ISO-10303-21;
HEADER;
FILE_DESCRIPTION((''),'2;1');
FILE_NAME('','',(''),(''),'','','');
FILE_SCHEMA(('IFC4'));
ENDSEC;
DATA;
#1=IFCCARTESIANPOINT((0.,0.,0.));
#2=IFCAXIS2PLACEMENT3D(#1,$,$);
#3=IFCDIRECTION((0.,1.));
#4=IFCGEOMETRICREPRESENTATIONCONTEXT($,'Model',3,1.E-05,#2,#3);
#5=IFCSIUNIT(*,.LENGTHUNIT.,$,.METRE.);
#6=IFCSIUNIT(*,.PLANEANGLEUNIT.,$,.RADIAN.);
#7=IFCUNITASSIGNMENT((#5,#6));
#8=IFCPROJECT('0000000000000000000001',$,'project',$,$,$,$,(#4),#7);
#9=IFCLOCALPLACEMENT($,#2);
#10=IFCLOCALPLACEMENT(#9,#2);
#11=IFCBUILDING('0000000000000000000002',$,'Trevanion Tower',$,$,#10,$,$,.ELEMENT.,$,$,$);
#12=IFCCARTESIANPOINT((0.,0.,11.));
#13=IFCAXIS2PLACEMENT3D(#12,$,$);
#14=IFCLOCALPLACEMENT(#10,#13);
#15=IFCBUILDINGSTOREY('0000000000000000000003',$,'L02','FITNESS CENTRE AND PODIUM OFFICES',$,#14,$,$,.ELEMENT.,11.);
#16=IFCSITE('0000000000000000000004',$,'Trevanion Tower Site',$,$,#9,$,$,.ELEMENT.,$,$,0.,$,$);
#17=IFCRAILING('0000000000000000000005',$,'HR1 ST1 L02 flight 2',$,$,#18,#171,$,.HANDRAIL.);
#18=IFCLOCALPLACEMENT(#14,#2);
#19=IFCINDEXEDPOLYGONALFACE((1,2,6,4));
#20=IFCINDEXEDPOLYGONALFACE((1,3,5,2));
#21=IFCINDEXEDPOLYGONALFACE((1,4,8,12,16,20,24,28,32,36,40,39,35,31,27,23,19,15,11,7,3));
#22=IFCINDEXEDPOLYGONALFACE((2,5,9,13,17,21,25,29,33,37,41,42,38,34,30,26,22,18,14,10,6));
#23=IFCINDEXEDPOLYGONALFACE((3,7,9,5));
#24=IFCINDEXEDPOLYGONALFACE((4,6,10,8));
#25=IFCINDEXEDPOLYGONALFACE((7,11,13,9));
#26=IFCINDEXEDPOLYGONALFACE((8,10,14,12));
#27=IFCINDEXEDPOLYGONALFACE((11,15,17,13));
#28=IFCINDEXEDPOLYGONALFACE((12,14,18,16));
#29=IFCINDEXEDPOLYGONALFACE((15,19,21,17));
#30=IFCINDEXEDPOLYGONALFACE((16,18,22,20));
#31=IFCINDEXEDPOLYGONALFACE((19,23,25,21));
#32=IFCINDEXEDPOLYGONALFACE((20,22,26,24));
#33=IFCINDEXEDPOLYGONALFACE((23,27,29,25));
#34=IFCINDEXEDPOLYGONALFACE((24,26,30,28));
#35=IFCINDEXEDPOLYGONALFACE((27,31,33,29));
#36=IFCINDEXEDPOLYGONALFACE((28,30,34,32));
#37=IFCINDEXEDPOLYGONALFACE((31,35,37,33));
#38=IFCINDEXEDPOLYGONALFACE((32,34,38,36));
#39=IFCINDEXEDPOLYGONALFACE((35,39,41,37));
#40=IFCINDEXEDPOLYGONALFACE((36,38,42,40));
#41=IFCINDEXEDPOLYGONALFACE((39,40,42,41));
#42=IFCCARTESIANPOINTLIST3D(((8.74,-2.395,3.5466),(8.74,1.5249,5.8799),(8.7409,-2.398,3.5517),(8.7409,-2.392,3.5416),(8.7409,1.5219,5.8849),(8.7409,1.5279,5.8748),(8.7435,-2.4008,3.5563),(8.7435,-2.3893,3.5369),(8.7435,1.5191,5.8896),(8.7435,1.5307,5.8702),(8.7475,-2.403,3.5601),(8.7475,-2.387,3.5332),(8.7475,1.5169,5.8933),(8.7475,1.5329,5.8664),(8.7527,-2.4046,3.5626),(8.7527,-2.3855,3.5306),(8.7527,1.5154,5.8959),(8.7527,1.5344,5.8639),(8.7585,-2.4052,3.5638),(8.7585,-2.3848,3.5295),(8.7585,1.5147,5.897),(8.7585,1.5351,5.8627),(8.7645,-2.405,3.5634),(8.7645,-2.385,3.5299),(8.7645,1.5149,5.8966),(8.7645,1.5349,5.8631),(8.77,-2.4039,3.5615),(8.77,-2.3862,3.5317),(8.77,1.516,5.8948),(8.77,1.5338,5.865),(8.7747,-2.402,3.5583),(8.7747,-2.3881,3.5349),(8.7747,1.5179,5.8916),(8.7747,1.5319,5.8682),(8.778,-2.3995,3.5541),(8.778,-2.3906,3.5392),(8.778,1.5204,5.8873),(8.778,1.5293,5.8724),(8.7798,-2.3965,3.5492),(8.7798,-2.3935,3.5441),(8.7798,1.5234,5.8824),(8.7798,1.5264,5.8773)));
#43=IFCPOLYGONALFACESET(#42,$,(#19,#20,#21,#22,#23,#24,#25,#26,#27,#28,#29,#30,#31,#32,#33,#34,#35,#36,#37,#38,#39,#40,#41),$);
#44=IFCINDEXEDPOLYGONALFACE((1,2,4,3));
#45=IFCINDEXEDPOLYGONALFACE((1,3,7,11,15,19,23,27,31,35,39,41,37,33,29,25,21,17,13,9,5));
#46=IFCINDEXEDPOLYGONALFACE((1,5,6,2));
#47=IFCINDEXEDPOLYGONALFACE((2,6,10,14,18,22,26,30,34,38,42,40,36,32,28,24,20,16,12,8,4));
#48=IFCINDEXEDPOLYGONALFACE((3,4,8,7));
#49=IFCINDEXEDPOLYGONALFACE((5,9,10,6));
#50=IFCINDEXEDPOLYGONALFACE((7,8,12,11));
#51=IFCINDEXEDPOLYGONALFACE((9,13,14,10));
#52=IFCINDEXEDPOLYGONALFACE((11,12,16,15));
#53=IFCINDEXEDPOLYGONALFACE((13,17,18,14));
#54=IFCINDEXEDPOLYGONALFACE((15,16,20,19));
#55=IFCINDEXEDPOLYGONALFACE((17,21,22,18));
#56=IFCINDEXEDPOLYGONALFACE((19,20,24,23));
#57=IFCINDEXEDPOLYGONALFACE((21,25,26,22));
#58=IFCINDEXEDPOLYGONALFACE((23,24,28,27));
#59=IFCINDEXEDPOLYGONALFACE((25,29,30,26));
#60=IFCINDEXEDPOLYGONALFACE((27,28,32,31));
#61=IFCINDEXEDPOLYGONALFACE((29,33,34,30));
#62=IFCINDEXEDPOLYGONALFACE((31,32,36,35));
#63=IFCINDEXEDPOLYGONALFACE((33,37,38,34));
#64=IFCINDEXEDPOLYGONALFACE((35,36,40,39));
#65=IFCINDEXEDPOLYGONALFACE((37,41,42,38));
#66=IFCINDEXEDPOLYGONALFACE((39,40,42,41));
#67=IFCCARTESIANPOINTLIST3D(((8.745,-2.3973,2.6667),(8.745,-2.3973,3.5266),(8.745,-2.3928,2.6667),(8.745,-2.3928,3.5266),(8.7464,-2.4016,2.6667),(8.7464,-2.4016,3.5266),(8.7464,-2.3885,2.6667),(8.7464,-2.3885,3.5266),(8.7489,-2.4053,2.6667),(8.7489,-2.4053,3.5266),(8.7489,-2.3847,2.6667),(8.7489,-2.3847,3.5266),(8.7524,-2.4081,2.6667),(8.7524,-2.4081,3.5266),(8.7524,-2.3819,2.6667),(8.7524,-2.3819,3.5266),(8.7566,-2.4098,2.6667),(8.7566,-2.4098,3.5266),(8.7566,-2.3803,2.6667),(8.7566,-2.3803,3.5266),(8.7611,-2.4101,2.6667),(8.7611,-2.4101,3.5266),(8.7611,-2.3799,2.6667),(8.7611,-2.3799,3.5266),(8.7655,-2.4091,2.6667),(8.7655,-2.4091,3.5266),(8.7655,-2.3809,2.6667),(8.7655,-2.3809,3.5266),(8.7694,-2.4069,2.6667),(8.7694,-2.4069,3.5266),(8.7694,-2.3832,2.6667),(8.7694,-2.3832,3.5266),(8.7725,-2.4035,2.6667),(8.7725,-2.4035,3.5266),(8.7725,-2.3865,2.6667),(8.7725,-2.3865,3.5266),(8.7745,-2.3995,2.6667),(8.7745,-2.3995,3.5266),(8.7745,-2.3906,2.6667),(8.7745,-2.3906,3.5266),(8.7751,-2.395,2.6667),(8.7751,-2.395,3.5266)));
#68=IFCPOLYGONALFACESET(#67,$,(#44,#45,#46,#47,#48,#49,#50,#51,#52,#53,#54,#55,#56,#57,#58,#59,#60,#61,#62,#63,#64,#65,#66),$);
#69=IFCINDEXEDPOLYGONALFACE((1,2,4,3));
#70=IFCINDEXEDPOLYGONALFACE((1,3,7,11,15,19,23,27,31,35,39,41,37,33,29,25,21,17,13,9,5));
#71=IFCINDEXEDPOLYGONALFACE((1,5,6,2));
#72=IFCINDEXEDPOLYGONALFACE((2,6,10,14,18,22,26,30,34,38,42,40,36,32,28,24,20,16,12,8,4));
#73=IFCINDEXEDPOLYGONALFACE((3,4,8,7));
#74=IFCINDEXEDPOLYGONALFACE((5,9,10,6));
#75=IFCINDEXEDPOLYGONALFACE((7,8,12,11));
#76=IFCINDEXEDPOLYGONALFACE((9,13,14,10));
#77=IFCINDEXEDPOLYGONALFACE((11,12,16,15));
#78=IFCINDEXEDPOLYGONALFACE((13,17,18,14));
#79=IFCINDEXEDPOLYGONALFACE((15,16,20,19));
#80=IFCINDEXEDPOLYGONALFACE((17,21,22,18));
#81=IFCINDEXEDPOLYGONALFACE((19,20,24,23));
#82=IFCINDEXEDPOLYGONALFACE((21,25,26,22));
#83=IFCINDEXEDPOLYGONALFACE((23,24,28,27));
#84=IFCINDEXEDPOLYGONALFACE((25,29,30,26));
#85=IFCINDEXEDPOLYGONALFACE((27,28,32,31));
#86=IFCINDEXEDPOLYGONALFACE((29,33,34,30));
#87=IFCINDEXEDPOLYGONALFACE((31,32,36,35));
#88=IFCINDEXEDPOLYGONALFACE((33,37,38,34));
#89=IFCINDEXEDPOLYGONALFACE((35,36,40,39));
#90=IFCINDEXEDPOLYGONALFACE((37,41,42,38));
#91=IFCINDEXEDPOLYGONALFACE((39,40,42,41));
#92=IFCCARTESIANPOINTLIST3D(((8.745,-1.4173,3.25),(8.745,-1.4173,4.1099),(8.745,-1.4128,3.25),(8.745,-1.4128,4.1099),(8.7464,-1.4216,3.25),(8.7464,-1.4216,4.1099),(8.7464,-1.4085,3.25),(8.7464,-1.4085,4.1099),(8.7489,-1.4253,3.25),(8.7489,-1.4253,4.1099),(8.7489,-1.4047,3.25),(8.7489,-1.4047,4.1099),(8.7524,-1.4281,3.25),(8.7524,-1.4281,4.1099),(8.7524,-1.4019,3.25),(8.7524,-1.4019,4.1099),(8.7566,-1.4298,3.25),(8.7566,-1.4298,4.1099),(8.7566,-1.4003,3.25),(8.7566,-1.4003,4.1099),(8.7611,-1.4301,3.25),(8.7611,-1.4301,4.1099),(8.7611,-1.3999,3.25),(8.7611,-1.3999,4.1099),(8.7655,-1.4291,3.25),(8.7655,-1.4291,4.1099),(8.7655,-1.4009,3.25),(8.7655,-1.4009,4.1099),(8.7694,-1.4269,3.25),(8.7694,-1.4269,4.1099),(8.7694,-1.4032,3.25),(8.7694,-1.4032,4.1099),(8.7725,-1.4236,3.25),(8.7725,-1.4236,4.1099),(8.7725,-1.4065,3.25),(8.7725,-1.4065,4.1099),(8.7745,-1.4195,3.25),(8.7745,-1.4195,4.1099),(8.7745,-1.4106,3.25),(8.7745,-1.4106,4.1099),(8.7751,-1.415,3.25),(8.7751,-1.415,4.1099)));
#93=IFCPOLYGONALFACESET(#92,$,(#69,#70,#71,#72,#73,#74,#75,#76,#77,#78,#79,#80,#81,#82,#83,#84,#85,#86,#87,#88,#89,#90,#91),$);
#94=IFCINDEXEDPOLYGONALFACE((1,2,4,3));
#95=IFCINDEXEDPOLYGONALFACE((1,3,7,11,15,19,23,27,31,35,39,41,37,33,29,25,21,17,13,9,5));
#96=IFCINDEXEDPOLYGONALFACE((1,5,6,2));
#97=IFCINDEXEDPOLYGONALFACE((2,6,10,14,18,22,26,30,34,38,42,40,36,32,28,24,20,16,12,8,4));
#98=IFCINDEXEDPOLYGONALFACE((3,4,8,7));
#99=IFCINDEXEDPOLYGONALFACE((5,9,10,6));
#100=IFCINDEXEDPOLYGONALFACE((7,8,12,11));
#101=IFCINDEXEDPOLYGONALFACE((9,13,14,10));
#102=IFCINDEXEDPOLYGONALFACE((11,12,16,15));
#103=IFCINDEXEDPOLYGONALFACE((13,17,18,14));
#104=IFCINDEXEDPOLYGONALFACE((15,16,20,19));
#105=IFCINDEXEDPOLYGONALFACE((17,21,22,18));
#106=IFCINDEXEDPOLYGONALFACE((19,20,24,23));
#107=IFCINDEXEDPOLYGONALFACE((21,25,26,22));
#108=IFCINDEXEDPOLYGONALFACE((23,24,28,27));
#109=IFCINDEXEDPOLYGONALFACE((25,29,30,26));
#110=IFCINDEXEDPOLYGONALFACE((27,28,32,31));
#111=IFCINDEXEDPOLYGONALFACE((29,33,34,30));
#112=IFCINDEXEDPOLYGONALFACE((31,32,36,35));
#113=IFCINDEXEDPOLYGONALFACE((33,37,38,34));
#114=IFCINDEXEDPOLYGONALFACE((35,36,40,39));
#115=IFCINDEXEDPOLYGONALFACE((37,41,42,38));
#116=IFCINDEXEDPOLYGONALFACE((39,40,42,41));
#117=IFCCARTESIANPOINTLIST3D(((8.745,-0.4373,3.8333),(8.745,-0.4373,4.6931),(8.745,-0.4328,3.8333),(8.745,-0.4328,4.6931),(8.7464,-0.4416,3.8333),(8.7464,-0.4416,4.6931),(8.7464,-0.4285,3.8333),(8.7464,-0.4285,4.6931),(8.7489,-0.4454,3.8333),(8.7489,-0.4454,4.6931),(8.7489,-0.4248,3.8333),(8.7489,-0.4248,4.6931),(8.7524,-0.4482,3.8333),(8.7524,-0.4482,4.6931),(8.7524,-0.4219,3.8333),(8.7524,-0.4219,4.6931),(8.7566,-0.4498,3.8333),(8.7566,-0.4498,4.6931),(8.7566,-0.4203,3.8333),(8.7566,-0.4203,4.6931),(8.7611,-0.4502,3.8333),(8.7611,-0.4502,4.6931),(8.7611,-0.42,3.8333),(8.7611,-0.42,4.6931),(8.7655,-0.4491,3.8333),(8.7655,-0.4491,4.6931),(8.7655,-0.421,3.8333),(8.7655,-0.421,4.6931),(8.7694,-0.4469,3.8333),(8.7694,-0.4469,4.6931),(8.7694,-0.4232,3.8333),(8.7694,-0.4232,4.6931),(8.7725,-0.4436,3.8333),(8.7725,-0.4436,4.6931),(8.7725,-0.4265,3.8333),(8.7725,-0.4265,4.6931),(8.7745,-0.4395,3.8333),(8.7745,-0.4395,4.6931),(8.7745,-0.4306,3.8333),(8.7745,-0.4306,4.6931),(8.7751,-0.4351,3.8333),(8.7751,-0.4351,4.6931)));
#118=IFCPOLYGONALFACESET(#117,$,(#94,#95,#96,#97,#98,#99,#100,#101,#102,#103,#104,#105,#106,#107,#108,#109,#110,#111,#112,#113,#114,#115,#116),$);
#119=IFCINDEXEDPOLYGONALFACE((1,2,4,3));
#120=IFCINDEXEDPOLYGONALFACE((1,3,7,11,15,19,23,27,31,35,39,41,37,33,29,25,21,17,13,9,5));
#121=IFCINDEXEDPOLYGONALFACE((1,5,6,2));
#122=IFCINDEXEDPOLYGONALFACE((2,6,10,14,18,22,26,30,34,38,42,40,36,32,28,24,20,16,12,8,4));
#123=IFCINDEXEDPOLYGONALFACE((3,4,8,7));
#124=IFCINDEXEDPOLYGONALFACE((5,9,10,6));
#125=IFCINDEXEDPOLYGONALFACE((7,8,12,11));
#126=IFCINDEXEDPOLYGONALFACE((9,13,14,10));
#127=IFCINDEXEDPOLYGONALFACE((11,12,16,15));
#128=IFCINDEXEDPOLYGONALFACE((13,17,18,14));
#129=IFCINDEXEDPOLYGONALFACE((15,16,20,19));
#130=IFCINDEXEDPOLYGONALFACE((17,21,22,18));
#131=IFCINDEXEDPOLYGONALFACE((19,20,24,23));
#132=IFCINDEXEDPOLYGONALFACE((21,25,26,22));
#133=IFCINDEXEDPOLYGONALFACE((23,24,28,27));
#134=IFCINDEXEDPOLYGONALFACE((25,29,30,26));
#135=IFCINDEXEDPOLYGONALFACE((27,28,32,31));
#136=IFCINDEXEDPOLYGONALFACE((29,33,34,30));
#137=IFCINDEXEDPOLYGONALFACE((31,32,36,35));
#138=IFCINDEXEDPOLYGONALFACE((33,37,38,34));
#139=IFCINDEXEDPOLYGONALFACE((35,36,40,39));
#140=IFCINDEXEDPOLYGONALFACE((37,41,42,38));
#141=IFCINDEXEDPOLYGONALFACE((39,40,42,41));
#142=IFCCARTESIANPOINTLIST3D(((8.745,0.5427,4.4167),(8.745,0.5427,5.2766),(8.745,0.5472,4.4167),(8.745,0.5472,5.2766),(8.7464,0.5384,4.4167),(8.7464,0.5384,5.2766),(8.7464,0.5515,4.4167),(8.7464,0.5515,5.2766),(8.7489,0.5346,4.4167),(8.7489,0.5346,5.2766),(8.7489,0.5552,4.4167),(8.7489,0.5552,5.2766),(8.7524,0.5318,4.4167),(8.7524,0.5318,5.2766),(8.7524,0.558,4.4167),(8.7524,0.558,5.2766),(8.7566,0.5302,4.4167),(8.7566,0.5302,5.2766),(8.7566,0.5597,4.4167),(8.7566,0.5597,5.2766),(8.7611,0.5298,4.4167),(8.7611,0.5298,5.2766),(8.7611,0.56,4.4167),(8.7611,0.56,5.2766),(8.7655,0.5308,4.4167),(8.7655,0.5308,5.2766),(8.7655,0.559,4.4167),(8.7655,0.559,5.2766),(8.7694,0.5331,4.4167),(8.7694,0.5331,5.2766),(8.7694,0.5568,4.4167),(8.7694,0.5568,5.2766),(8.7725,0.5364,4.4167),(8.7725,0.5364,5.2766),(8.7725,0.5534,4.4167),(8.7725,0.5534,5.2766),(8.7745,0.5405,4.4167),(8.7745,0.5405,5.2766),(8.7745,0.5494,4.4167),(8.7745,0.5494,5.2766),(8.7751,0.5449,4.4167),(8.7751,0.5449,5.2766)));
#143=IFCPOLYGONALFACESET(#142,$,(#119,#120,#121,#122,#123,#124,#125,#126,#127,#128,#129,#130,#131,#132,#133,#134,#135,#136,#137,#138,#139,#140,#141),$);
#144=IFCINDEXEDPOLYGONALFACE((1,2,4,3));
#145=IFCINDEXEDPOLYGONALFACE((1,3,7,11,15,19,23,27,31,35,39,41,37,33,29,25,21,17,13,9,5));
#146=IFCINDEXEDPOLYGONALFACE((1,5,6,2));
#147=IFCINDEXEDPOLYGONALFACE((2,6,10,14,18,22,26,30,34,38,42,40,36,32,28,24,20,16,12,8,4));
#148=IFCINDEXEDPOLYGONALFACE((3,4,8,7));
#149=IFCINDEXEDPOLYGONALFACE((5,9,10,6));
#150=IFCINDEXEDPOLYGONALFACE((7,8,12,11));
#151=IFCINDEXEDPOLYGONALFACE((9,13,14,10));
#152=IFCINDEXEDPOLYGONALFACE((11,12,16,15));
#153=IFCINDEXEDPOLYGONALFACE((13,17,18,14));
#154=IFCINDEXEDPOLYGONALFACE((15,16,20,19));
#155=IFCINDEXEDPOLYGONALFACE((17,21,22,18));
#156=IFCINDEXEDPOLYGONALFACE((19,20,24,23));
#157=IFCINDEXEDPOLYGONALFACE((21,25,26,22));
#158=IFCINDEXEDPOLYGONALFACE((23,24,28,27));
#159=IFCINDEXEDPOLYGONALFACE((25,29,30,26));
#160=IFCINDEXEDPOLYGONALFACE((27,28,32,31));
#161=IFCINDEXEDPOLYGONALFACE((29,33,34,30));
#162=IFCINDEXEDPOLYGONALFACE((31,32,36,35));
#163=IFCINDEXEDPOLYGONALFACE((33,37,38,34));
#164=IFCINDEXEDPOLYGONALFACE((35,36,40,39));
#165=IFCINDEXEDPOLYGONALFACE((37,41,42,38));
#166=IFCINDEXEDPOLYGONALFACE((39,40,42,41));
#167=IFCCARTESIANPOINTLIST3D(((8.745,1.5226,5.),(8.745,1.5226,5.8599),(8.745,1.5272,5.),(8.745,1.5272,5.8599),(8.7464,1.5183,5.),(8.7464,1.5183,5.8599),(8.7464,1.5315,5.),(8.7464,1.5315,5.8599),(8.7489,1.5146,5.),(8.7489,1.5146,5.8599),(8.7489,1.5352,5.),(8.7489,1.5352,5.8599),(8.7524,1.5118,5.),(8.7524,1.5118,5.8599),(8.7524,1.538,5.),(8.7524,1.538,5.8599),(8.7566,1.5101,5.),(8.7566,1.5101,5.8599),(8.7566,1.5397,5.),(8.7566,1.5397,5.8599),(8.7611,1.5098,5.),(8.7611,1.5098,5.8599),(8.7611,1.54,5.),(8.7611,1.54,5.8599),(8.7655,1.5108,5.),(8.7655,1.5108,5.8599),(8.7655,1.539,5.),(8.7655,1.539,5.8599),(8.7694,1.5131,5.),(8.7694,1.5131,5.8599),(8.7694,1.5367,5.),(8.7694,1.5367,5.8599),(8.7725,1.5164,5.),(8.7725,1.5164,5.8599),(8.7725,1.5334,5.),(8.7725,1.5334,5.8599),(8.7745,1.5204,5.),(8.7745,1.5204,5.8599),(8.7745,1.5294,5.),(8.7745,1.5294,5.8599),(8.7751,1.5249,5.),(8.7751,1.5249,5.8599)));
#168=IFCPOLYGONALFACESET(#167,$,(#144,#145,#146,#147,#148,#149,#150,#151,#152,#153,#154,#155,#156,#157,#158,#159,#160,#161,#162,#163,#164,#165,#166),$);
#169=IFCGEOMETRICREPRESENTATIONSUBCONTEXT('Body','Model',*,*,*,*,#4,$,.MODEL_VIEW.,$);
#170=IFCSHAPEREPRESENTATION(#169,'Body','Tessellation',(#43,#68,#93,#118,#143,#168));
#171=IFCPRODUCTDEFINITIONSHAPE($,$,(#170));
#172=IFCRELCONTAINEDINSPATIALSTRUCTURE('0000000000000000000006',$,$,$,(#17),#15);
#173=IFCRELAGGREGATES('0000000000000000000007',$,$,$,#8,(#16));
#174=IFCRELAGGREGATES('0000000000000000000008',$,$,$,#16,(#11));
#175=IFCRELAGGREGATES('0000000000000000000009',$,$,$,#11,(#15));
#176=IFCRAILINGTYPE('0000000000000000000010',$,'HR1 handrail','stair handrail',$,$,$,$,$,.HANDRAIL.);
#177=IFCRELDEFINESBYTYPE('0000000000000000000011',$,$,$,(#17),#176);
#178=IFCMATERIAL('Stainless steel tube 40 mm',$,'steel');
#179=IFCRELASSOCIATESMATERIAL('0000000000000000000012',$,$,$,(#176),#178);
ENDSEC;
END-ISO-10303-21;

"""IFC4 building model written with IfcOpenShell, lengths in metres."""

from ifc_helpers import new_model, si_unit, direction, frame, origin, origin_2d, place, context, subcontext, project, spatial, circle, extrude, material, type_object, element, save


model = new_model("IFC4")

# Units and contexts
model_context = context("Model", 3, precision=1e-05, world=origin(), true_north=direction((0.0, 1.0)))
body_context = subcontext(model_context, "Body", "Model", "MODEL_VIEW")
ifc_project = project(units=[si_unit("LENGTHUNIT", "METRE"), si_unit("PLANEANGLEUNIT", "RADIAN")], contexts=[model_context])

# Site, building, storey
site_placement = place(None, origin())
site = spatial("IfcSite", under=ifc_project, at=site_placement, Name="Trevanion Tower Site", CompositionType="ELEMENT", RefElevation=0.0)
building_placement = place(site_placement, origin())
building = spatial("IfcBuilding", under=site, at=building_placement, Name="Trevanion Tower", CompositionType="ELEMENT")
storey_placement = place(building_placement, frame((0.0, 0.0, 11.0)))
storey = spatial("IfcBuildingStorey", under=building, at=storey_placement, Name="L02", Description="FITNESS CENTRE AND PODIUM OFFICES", CompositionType="ELEMENT", Elevation=11.0)

# Railing
ifc_material_1 = material(Name="Stainless steel tube 40 mm", Category="steel")
railing_type = type_object("IfcRailingType", Name="HR1 handrail", Description="stair handrail", PredefinedType="HANDRAIL", material=ifc_material_1)
for number, where, name in (
    (1, (8.76, -2.395, 2.6667), "HR1 ST1 L02 flight 2"),
):
    element("IfcRailing", number, at=place(storey_placement, frame(where)), inside=storey, type_object=railing_type, Name=name, PredefinedType="HANDRAIL", context=body_context, shape_type="SweptSolid", body=[
        extrude(circle(Radius=0.02, at=origin_2d()), frame((0.0, 0.0, 0.8799), z_axis=(0.0, 0.859296, 0.511478), x_axis=(-1.0, 0.0, 0.0)), (0.0, 0.0, 1.0), 4.5618),
        extrude(circle(Radius=0.0151, at=origin_2d()), origin(), (0.0, 0.0, 1.0), 0.8599),
        extrude(circle(Radius=0.0151, at=origin_2d()), frame((0.0, 0.98, 0.5833)), (0.0, 0.0, 1.0), 0.8599),
        extrude(circle(Radius=0.0151, at=origin_2d()), frame((0.0, 1.96, 1.1665)), (0.0, 0.0, 1.0), 0.8599),
        extrude(circle(Radius=0.0151, at=origin_2d()), frame((0.0, 2.9399, 1.75)), (0.0, 0.0, 1.0), 0.8599),
        extrude(circle(Radius=0.0151, at=origin_2d()), frame((0.0, 3.9199, 2.3333)), (0.0, 0.0, 1.0), 0.8599),
    ])

save(model, "model.ifc")
